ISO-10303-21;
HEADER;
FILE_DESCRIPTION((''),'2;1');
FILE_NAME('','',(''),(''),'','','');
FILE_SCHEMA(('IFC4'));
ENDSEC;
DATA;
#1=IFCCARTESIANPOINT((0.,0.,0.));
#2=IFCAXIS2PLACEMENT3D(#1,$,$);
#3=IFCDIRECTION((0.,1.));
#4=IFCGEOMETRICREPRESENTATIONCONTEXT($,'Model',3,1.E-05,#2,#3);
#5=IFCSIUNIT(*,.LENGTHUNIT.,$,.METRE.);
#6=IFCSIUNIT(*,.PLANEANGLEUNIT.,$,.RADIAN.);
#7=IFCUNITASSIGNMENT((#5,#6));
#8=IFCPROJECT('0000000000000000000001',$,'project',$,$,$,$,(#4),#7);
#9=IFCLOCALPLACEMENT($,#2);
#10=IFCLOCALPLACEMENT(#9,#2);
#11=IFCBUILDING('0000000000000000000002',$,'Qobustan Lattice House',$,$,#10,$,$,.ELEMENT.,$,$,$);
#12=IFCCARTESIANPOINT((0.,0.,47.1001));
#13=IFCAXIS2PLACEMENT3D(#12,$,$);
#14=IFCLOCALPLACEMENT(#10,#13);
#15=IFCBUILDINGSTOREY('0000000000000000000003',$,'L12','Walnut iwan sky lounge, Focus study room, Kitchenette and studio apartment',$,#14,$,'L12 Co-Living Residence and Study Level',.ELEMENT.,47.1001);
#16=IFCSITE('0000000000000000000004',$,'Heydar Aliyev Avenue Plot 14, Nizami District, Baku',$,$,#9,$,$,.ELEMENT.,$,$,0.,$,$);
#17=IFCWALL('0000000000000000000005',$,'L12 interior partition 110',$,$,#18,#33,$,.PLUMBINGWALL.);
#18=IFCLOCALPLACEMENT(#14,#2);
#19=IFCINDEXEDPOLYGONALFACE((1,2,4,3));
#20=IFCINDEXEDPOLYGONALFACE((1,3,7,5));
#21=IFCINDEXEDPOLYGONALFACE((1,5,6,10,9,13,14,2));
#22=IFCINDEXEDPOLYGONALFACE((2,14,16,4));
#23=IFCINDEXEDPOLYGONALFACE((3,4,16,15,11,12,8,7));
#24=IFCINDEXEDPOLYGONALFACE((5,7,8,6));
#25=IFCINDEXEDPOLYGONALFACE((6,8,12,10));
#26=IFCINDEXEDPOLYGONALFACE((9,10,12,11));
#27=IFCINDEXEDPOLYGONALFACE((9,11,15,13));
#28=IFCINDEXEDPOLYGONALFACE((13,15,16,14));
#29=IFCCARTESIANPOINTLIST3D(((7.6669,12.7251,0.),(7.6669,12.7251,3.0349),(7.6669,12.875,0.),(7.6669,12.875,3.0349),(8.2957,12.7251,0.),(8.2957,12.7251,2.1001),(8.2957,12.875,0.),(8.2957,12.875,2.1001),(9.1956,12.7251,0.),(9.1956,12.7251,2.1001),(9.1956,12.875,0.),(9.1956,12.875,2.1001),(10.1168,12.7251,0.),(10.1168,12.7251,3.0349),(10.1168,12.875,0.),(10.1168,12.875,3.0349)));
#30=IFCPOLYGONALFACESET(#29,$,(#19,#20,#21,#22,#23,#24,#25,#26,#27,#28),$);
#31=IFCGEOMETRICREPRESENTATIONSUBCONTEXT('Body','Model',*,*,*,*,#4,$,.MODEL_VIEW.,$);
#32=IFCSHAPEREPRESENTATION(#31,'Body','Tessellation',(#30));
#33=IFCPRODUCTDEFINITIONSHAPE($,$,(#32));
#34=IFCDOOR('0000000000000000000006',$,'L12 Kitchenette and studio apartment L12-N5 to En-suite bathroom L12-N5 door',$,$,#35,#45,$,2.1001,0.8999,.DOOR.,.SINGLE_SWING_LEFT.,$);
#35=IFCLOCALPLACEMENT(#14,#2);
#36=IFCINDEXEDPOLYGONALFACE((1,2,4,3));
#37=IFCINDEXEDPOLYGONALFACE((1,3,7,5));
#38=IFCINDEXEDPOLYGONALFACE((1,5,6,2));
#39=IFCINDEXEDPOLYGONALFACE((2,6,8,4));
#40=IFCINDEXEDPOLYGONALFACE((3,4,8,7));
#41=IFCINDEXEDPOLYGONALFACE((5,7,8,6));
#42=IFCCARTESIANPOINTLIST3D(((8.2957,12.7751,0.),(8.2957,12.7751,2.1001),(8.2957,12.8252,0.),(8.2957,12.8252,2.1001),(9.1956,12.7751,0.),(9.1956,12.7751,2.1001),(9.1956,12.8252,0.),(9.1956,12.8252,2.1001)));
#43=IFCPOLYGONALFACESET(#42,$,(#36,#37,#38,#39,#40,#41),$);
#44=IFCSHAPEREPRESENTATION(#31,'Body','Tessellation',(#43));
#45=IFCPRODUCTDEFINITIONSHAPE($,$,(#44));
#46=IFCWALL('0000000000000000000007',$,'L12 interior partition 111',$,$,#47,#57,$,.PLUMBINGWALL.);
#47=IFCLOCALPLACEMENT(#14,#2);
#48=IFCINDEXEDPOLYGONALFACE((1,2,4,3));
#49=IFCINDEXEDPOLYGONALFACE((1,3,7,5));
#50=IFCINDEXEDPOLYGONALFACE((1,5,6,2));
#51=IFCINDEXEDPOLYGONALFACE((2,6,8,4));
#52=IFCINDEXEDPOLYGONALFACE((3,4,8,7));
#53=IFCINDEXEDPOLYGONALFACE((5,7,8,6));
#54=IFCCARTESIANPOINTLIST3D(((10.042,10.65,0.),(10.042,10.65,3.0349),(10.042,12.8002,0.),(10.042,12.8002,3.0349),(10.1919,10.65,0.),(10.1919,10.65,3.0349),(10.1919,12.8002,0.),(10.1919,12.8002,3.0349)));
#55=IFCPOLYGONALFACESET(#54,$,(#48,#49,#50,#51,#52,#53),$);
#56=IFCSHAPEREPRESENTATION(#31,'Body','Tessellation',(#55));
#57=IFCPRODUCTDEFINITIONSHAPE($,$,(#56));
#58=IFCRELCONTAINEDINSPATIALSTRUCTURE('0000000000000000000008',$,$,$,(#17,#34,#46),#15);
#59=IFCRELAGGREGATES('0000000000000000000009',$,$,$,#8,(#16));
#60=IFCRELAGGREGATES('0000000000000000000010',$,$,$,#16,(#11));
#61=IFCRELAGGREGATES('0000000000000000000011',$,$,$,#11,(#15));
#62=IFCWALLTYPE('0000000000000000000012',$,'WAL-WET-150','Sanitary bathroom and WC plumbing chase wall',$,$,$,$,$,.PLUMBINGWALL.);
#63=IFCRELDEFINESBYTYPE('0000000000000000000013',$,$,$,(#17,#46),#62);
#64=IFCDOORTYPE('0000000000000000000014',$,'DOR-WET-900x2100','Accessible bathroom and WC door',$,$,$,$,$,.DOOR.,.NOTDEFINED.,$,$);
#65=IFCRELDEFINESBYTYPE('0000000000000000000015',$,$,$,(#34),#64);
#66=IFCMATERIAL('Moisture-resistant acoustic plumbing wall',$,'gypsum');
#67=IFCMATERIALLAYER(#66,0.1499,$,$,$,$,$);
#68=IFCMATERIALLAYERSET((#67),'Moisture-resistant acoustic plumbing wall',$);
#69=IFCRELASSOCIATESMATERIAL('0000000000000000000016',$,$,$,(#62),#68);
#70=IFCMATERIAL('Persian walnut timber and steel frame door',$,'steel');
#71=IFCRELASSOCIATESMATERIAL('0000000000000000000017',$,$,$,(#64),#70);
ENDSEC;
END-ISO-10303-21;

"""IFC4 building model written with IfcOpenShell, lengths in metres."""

from ifc_helpers import new_model, si_unit, direction, frame, frame_2d, origin, place, context, subcontext, project, spatial, rectangle, extrude, material, layer, layer_set, type_object, element, fill, save


model = new_model("IFC4")

# Units and contexts
model_context = context("Model", 3, precision=1e-05, world=origin(), true_north=direction((0.0, 1.0)))
body_context = subcontext(model_context, "Body", "Model", "MODEL_VIEW")
ifc_project = project(units=[si_unit("LENGTHUNIT", "METRE"), si_unit("PLANEANGLEUNIT", "RADIAN")], contexts=[model_context])

# Site, building, storey
site_placement = place(None, origin())
site = spatial("IfcSite", under=ifc_project, at=site_placement, Name="Heydar Aliyev Avenue Plot 14, Nizami District, Baku", CompositionType="ELEMENT", RefElevation=0.0)
building_placement = place(site_placement, origin())
building = spatial("IfcBuilding", under=site, at=building_placement, Name="Qobustan Lattice House", CompositionType="ELEMENT")
storey_placement = place(building_placement, frame((0.0, 0.0, 47.1001)))
storey = spatial("IfcBuildingStorey", under=building, at=storey_placement, Name="L12", Description="Walnut iwan sky lounge, Focus study room, Kitchenette and studio apartment", LongName="L12 Co-Living Residence and Study Level", CompositionType="ELEMENT", Elevation=47.1001)

# Shared definitions
ifc_material_1 = material(Name="Moisture-resistant acoustic plumbing wall", Category="gypsum")
ifc_layer_1 = layer(ifc_material_1, 0.1499)
ifc_layer_set_1 = layer_set([ifc_layer_1], Name="Moisture-resistant acoustic plumbing wall")
wall_type_1 = type_object("IfcWallType", Name="WAL-WET-150", Description="Sanitary bathroom and WC plumbing chase wall", PredefinedType="PLUMBINGWALL", material=ifc_layer_set_1)

# Shared definitions
ifc_material_2 = material(Name="Persian walnut timber and steel frame door", Category="steel")
door_type_1 = type_object("IfcDoorType", Name="DOR-WET-900x2100", Description="Accessible bathroom and WC door", OperationType="NOTDEFINED", PredefinedType="DOOR", material=ifc_material_2)

# Wall, opening, door
wall_1_placement = place(storey_placement, frame((10.1169, 12.8, 0.0), z_axis=(0.0, 0.0, 1.0), x_axis=(-1.0, 0.0, 0.0)))
wall_1 = element("IfcWall", 1, at=wall_1_placement, inside=storey, type_object=wall_type_1, Name="L12 interior partition 110", PredefinedType="PLUMBINGWALL", context=body_context, shape_type="SweptSolid", body=[
    extrude(rectangle(XDim=2.45, YDim=0.1499, at=frame_2d((1.2251, 0.0))), origin(), (0.0, 0.0, 1.0), 3.0349),
])
opening_1_placement = place(wall_1_placement, frame((0.9214, 0.0, 0.0)))
opening_1 = element("IfcOpeningElement", 2, at=opening_1_placement, cuts=wall_1, PredefinedType="OPENING", context=body_context, shape_type="SweptSolid", body=[
    extrude(rectangle(XDim=0.8999, YDim=2.1001, at=frame_2d((0.45, 1.05))), frame((0.0, 0.085, 0.0), z_axis=(0.0, -1.0, 0.0), x_axis=(1.0, 0.0, 0.0)), (0.0, 0.0, 1.0), 0.1699),
])
door_1_placement = place(opening_1_placement, origin())
door_1 = element("IfcDoor", 3, at=door_1_placement, inside=storey, type_object=door_type_1, Name="L12 Kitchenette and studio apartment L12-N5 to En-suite bathroom L12-N5 door", OperationType="SINGLE_SWING_LEFT", OverallHeight=2.1001, OverallWidth=0.8999, PredefinedType="DOOR", context=body_context, shape_type="SweptSolid", body=[
    extrude(rectangle(XDim=0.8999, YDim=2.1001, at=frame_2d((0.45, 1.05))), frame((0.0, 0.0249, 0.0), z_axis=(0.0, -1.0, 0.0), x_axis=(1.0, 0.0, 0.0)), (0.0, 0.0, 1.0), 0.05),
])
fill(opening_1, door_1)

# Wall
wall_2_placement = place(storey_placement, frame((10.1169, 10.6499, 0.0), z_axis=(0.0, 0.0, 1.0), x_axis=(0.0, 1.0, 0.0)))
element("IfcWall", 4, at=wall_2_placement, inside=storey, type_object=wall_type_1, Name="L12 interior partition 111", PredefinedType="PLUMBINGWALL", context=body_context, shape_type="SweptSolid", body=[
    extrude(rectangle(XDim=2.1501, YDim=0.1499, at=frame_2d((1.0752, 0.0))), origin(), (0.0, 0.0, 1.0), 3.0349),
])

save(model, "model.ifc")
